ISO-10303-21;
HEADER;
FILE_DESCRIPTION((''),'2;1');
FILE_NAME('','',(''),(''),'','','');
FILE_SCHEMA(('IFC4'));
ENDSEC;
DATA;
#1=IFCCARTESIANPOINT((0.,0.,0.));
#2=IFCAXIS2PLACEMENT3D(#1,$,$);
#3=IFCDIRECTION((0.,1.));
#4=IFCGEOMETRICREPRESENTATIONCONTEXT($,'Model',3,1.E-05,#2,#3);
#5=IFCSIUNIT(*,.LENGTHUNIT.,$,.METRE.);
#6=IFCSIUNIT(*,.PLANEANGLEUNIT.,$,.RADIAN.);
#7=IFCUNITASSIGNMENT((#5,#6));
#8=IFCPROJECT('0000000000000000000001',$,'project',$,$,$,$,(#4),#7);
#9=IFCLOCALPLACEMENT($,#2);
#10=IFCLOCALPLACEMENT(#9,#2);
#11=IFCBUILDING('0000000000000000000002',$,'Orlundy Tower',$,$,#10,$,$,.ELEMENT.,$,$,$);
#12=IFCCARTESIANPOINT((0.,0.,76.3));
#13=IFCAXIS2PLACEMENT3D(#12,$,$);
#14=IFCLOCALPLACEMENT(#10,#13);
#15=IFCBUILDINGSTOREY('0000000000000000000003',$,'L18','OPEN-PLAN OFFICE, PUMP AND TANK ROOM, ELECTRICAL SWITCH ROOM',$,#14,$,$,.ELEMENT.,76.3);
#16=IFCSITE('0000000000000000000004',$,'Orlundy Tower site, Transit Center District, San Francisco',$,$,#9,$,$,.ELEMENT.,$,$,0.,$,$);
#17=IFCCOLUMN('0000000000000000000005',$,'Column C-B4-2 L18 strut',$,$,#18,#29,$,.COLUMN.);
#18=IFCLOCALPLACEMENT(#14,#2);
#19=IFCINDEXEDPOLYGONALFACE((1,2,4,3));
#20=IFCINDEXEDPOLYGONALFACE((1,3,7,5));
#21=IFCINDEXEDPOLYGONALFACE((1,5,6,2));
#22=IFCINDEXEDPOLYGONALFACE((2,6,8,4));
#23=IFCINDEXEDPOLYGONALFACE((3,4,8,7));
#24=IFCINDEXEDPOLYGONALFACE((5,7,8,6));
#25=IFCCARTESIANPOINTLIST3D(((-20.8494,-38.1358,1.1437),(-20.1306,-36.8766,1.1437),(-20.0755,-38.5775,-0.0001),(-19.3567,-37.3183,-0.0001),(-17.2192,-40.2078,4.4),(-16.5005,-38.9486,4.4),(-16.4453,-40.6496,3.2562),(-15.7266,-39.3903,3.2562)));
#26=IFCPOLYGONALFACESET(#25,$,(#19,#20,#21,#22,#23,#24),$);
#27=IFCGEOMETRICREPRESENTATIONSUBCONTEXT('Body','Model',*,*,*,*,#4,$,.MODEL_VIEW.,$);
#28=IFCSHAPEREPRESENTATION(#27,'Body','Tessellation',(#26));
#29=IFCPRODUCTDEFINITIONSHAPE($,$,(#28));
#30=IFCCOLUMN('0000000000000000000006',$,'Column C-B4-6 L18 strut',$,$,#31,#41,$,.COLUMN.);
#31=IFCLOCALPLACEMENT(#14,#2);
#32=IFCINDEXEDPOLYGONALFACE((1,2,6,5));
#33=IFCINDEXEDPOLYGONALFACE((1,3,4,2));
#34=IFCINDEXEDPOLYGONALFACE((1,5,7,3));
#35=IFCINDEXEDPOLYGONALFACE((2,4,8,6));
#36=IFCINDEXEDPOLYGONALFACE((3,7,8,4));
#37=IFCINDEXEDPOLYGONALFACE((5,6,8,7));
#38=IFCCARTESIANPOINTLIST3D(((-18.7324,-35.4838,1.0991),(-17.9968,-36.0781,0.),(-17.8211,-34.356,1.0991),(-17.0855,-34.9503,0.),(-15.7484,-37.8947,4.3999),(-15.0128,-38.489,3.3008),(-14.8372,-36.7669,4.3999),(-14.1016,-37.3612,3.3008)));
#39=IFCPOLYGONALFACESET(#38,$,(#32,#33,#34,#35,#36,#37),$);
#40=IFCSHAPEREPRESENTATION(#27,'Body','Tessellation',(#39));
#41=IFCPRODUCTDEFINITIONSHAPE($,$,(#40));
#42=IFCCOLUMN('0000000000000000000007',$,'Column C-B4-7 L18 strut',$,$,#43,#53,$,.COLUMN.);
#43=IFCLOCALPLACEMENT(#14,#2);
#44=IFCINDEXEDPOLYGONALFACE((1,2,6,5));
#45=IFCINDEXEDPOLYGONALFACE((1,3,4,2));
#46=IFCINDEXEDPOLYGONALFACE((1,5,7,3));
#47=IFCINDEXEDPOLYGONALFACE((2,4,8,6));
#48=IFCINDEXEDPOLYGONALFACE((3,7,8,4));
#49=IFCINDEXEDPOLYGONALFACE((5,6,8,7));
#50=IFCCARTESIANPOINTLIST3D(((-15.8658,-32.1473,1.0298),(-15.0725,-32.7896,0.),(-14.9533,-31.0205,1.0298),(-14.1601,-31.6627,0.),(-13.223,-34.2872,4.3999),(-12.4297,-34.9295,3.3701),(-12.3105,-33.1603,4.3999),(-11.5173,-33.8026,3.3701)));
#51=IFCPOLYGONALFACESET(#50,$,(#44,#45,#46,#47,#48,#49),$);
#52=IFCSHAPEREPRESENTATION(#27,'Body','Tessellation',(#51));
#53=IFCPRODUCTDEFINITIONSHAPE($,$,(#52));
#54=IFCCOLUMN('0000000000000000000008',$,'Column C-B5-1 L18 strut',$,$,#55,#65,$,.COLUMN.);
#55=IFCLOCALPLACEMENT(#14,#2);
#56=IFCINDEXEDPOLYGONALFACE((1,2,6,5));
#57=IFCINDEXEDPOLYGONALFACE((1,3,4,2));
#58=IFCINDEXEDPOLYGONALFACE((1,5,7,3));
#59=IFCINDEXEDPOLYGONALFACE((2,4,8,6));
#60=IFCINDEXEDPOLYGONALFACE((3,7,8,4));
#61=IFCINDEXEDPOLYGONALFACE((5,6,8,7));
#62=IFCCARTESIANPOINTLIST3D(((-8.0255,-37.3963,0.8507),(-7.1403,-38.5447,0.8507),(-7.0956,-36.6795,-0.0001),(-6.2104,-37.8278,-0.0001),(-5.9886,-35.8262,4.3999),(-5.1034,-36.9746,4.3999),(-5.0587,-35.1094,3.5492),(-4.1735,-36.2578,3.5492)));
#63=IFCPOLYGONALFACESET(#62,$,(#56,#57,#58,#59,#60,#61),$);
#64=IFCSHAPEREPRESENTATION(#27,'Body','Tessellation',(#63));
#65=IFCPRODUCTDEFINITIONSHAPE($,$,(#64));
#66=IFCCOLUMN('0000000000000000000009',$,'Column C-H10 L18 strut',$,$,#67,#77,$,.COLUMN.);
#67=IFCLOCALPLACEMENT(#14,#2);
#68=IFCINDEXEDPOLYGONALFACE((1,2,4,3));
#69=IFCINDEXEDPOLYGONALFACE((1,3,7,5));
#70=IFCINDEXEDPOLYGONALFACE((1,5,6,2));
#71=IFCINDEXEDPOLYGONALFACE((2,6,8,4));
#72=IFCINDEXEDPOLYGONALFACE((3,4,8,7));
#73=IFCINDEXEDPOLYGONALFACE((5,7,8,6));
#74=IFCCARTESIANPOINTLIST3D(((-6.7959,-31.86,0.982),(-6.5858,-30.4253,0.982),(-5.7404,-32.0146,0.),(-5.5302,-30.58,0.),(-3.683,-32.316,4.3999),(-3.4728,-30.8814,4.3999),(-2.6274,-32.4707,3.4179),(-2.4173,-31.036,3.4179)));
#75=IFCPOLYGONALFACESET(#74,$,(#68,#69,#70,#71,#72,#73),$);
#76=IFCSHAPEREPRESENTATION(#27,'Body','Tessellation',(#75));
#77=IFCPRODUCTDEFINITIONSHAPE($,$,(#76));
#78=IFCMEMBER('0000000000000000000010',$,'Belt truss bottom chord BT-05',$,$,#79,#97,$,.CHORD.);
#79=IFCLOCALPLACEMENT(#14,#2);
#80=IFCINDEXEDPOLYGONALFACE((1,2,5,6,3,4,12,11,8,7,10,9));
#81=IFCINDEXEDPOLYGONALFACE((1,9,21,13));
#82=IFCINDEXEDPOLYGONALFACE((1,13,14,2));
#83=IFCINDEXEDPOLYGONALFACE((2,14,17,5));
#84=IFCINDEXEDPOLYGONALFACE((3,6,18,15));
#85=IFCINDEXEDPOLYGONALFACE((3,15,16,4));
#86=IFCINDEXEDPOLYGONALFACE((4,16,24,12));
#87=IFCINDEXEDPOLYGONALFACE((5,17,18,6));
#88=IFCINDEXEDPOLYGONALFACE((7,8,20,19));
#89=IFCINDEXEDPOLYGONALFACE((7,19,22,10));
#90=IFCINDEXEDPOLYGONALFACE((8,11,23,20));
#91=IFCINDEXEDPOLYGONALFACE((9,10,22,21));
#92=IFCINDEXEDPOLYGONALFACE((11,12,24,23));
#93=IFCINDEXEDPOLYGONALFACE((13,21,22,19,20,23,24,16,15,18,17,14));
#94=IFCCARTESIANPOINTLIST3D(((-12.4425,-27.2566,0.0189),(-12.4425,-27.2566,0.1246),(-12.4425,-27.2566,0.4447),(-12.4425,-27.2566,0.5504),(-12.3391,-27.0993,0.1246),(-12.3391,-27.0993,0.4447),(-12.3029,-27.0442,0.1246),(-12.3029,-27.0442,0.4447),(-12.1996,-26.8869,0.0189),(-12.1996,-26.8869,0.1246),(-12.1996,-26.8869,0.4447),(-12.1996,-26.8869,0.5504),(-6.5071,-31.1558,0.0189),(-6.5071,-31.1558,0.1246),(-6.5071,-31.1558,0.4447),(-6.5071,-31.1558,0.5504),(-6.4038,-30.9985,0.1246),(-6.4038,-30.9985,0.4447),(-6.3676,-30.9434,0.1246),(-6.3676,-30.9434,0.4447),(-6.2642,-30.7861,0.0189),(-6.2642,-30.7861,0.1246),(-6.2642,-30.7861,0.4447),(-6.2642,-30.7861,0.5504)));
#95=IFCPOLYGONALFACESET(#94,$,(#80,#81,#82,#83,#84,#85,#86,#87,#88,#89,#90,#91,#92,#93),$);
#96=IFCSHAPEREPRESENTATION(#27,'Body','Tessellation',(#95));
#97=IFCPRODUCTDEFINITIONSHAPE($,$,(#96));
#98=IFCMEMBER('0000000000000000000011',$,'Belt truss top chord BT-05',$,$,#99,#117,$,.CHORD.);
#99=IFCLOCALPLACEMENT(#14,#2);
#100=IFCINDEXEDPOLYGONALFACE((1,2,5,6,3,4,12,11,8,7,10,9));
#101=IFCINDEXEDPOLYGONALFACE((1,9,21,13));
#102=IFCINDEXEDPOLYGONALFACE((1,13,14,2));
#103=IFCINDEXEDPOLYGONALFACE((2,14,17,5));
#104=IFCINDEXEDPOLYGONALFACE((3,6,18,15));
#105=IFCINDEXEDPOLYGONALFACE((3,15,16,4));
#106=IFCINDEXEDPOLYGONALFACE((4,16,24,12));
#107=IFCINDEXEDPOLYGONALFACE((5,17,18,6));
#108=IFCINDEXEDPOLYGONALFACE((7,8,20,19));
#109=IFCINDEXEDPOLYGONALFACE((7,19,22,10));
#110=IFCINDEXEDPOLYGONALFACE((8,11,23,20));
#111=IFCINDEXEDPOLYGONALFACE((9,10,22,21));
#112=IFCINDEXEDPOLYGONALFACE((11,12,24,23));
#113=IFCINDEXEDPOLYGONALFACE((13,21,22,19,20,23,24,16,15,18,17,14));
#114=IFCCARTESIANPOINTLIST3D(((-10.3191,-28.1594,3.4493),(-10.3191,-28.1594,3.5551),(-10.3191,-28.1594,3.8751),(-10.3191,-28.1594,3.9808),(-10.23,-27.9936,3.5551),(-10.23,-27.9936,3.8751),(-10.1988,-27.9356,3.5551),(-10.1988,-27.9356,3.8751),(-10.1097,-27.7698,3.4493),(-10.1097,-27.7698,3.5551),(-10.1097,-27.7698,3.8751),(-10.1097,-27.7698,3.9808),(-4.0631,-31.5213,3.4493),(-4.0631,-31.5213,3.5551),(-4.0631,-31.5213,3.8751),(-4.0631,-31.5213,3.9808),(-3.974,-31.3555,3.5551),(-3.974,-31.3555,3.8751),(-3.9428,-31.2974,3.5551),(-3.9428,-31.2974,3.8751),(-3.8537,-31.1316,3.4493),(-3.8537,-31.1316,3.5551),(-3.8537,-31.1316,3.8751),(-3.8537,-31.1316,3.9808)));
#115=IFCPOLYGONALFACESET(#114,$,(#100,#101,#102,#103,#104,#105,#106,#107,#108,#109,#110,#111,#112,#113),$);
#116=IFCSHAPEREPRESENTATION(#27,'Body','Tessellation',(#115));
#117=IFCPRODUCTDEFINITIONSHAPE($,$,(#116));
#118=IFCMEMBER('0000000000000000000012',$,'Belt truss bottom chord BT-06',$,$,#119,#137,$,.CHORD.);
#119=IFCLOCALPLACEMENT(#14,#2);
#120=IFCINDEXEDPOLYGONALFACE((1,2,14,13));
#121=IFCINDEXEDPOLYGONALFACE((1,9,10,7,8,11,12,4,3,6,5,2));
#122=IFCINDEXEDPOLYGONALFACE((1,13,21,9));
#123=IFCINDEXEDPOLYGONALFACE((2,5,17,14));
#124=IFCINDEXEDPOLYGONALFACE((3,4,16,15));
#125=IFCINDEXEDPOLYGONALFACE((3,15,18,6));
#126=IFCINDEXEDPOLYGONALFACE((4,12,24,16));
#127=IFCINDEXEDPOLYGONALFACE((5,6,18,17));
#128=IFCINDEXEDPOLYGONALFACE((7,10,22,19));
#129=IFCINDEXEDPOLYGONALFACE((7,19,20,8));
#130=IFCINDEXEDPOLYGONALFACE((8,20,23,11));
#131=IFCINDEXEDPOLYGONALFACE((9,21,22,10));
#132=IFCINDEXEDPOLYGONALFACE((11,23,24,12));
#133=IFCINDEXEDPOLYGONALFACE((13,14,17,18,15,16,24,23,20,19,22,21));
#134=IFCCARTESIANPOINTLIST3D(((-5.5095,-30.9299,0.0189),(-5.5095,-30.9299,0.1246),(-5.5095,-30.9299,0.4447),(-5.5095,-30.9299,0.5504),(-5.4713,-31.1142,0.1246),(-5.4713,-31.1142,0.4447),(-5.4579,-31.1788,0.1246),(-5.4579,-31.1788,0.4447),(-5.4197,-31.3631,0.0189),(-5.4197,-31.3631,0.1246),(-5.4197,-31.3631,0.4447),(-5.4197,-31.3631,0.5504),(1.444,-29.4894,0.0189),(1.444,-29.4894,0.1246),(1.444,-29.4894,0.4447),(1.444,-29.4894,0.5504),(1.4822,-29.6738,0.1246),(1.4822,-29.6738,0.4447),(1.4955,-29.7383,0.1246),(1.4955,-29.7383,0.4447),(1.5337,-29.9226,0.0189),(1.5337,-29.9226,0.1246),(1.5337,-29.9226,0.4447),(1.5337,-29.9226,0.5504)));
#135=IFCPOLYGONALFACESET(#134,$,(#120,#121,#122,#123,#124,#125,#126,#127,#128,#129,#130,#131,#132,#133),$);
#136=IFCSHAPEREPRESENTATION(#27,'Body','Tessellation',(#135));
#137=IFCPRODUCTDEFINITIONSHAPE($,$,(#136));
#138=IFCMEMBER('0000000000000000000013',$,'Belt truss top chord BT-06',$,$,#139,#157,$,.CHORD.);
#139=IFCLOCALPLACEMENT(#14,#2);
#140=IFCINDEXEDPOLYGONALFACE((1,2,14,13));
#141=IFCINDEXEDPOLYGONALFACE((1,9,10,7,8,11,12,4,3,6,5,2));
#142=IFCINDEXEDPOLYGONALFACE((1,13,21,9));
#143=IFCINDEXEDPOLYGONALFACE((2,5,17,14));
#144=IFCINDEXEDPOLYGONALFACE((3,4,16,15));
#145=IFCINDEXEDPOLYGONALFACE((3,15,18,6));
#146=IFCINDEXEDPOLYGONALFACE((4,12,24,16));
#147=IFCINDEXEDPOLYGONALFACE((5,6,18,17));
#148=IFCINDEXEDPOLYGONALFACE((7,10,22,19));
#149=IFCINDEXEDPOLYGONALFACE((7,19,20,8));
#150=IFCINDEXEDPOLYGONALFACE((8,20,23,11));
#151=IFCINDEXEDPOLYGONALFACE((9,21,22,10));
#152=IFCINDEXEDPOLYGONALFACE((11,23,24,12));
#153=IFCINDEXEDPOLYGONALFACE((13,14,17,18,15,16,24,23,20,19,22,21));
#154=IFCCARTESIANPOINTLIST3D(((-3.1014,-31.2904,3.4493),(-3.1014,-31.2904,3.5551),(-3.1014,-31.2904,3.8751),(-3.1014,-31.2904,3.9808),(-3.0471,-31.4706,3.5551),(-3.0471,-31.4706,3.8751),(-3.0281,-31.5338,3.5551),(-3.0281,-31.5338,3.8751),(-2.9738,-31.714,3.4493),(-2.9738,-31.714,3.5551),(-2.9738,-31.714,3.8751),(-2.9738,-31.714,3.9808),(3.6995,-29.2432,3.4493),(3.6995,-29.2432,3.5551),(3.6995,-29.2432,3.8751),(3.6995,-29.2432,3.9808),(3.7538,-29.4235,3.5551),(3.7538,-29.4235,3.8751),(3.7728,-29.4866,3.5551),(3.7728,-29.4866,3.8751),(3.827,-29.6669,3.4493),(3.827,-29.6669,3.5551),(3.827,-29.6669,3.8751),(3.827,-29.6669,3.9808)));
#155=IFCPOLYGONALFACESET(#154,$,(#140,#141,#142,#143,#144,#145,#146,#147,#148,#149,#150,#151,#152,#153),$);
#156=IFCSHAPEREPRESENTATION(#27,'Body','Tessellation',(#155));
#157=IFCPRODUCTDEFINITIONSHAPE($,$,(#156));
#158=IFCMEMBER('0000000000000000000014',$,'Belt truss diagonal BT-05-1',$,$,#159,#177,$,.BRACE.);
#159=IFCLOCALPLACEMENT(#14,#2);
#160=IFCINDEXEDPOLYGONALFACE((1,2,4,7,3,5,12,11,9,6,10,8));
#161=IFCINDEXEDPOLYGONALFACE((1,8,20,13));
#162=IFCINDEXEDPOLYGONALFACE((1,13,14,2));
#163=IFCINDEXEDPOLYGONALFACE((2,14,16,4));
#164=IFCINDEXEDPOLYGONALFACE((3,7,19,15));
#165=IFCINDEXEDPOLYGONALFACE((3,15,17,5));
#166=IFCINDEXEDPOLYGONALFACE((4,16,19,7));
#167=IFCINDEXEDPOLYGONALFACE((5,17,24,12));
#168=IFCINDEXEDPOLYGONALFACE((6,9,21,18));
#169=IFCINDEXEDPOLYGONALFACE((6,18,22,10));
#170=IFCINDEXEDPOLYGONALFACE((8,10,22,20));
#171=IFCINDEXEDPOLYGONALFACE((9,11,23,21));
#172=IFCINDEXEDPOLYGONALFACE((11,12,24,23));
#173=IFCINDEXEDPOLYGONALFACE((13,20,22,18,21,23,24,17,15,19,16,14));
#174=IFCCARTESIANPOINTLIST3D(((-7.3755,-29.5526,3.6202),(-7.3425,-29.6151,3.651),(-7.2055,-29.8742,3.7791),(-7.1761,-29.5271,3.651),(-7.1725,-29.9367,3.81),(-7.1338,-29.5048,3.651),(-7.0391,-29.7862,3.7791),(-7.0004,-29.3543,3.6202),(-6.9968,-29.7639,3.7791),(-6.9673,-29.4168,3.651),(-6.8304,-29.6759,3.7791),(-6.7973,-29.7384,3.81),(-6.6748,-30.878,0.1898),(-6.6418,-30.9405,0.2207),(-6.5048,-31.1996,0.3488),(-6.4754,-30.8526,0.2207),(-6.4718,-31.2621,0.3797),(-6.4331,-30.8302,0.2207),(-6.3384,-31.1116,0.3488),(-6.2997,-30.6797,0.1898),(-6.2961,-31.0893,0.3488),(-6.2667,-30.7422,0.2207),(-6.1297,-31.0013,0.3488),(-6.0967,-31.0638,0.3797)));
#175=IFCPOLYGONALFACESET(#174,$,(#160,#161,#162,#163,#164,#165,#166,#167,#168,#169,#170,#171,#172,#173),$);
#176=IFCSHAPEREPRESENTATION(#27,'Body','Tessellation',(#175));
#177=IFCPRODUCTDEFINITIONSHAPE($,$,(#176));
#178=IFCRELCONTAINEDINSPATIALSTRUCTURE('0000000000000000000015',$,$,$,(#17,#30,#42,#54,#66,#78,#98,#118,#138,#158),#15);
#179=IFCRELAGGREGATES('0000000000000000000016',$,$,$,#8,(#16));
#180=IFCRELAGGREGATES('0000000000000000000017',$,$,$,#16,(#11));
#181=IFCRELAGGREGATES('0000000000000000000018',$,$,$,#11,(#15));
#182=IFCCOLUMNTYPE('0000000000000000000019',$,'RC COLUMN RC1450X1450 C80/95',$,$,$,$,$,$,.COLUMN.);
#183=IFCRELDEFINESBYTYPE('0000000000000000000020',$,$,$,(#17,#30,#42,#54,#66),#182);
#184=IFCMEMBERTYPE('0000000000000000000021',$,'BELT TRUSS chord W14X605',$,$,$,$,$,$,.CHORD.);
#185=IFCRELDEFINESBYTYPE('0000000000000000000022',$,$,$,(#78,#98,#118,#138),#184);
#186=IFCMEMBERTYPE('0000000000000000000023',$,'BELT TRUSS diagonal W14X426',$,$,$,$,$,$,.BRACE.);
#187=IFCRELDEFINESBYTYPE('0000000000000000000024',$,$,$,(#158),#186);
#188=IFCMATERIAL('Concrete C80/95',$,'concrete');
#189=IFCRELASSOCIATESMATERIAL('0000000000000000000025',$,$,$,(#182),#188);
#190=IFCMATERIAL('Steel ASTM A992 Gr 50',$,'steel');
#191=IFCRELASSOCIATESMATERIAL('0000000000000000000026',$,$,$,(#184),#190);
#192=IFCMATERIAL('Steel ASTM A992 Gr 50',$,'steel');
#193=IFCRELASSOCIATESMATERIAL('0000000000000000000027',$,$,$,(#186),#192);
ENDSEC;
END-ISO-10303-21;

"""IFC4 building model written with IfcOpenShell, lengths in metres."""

from ifc_helpers import new_model, si_unit, direction, frame, origin, origin_2d, place, context, subcontext, project, spatial, rectangle, i_section, extrude, material, material_profile, profile_set, type_object, element, save


model = new_model("IFC4")

# Units and contexts
model_context = context("Model", 3, precision=1e-05, world=origin(), true_north=direction((0.0, 1.0)))
body_context = subcontext(model_context, "Body", "Model", "MODEL_VIEW")
ifc_project = project(units=[si_unit("LENGTHUNIT", "METRE"), si_unit("PLANEANGLEUNIT", "RADIAN")], contexts=[model_context])

# Site, building, storey
site_placement = place(None, origin())
site = spatial("IfcSite", under=ifc_project, at=site_placement, Name="Orlundy Tower site, Transit Center District, San Francisco", CompositionType="ELEMENT", RefElevation=0.0)
building_placement = place(site_placement, origin())
building = spatial("IfcBuilding", under=site, at=building_placement, Name="Orlundy Tower", CompositionType="ELEMENT")
storey_placement = place(building_placement, frame((0.0, 0.0, 76.3)))
storey = spatial("IfcBuildingStorey", under=building, at=storey_placement, Name="L18", Description="OPEN-PLAN OFFICE, PUMP AND TANK ROOM, ELECTRICAL SWITCH ROOM", CompositionType="ELEMENT", Elevation=76.3)

# Columns
ifc_material_1 = material(Name="Concrete C80/95", Category="concrete")
ifc_material_profile_1 = material_profile(ifc_material_1, rectangle(XDim=1.45, YDim=1.45, at=origin_2d()), Name="RC1450X1450")
ifc_profile_set_1 = profile_set([ifc_material_profile_1], Name="Concrete C80/95")
column_type = type_object("IfcColumnType", Name="RC COLUMN RC1450X1450 C80/95", PredefinedType="COLUMN", material=ifc_profile_set_1)
column_1_placement = place(storey_placement, frame((-20.103, -37.7271, 0.5718), z_axis=(0.685114, -0.391053, 0.61457), x_axis=(0.495717, 0.868484, 0.0)))
element("IfcColumn", 1, at=column_1_placement, inside=storey, type_object=column_type, Name="Column C-B4-2 L18 strut", PredefinedType="COLUMN", context=body_context, shape_type="SweptSolid", body=[
    extrude(rectangle(XDim=1.45, YDim=1.45, at=origin_2d()), origin(), (0.0, 0.0, 1.0), 5.2986),
])
column_2_placement = place(storey_placement, frame((-17.9089, -35.217, 0.5496), z_axis=(0.589614, -0.47639, 0.652233), x_axis=(0.628467, 0.777836, 0.0)))
element("IfcColumn", 2, at=column_2_placement, inside=storey, type_object=column_type, Name="Column C-B4-6 L18 strut", PredefinedType="COLUMN", context=body_context, shape_type="SweptSolid", body=[
    extrude(rectangle(XDim=1.45, YDim=1.45, at=origin_2d()), origin(), (0.0, 0.0, 1.0), 5.0608),
])
column_3_placement = place(storey_placement, frame((-15.0129, -31.905, 0.5149), z_axis=(0.552011, -0.446963, 0.703923), x_axis=(0.629281, 0.777178, 0.0)))
element("IfcColumn", 3, at=column_3_placement, inside=storey, type_object=column_type, Name="Column C-B4-7 L18 strut", PredefinedType="COLUMN", context=body_context, shape_type="SweptSolid", body=[
    extrude(rectangle(XDim=1.45, YDim=1.45, at=origin_2d()), origin(), (0.0, 0.0, 1.0), 4.7876),
])
column_4_placement = place(storey_placement, frame((-7.1179, -37.6121, 0.4253), z_axis=(0.464709, 0.358209, 0.809773), x_axis=(-0.610504, 0.792013, 0.0)))
element("IfcColumn", 4, at=column_4_placement, inside=storey, type_object=column_type, Name="Column C-B5-1 L18 strut", PredefinedType="COLUMN", context=body_context, shape_type="SweptSolid", body=[
    extrude(rectangle(XDim=1.45, YDim=1.45, at=origin_2d()), origin(), (0.0, 0.0, 1.0), 4.3831),
])
column_5_placement = place(storey_placement, frame((-6.1631, -31.22, 0.491), z_axis=(0.670106, -0.098169, 0.735745), x_axis=(0.144951, 0.989439, 0.0)))
element("IfcColumn", 5, at=column_5_placement, inside=storey, type_object=column_type, Name="Column C-H10 L18 strut", PredefinedType="COLUMN", context=body_context, shape_type="SweptSolid", body=[
    extrude(rectangle(XDim=1.45, YDim=1.45, at=origin_2d()), origin(), (0.0, 0.0, 1.0), 4.6455),
])

# Members
ifc_material_2 = material(Name="Steel ASTM A992 Gr 50", Category="steel")
ifc_material_profile_2 = material_profile(ifc_material_2, i_section(OverallWidth=0.4424, OverallDepth=0.5315, WebThickness=0.0659, FlangeThickness=0.1057, at=origin_2d()), Name="W14X605")
ifc_profile_set_2 = profile_set([ifc_material_profile_2], Name="Steel ASTM A992 Gr 50")
member_type_1 = type_object("IfcMemberType", Name="BELT TRUSS chord W14X605", PredefinedType="CHORD", material=ifc_profile_set_2)
member_1_placement = place(storey_placement, frame((-12.321, -27.0718, 0.2847), z_axis=(0.835781, -0.549063, 0.0), x_axis=(0.549063, 0.835781, 0.0)))
element("IfcMember", 6, at=member_1_placement, inside=storey, type_object=member_type_1, Name="Belt truss bottom chord BT-05", PredefinedType="CHORD", context=body_context, shape_type="SweptSolid", body=[
    extrude(i_section(OverallWidth=0.4424, OverallDepth=0.5315, WebThickness=0.0659, FlangeThickness=0.1057, at=origin_2d()), origin(), (0.0, 0.0, 1.0), 7.1016),
])
member_2_placement = place(storey_placement, frame((-10.2144, -27.9646, 3.7151), z_axis=(0.880866, -0.473366, 0.0), x_axis=(0.473366, 0.880866, 0.0)))
element("IfcMember", 7, at=member_2_placement, inside=storey, type_object=member_type_1, Name="Belt truss top chord BT-05", PredefinedType="CHORD", context=body_context, shape_type="SweptSolid", body=[
    extrude(i_section(OverallWidth=0.4424, OverallDepth=0.5315, WebThickness=0.0659, FlangeThickness=0.1057, at=origin_2d()), origin(), (0.0, 0.0, 1.0), 7.1021),
])
member_3_placement = place(storey_placement, frame((-5.4646, -31.1465, 0.2847), z_axis=(0.97921, 0.202849, 0.0), x_axis=(-0.202849, 0.97921, 0.0)))
element("IfcMember", 8, at=member_3_placement, inside=storey, type_object=member_type_1, Name="Belt truss bottom chord BT-06", PredefinedType="CHORD", context=body_context, shape_type="SweptSolid", body=[
    extrude(i_section(OverallWidth=0.4424, OverallDepth=0.5315, WebThickness=0.0659, FlangeThickness=0.1057, at=origin_2d()), origin(), (0.0, 0.0, 1.0), 7.1011),
])
member_4_placement = place(storey_placement, frame((-3.0376, -31.5022, 3.7151), z_axis=(0.957559, 0.288237, 0.0), x_axis=(-0.288237, 0.957559, 0.0)))
element("IfcMember", 9, at=member_4_placement, inside=storey, type_object=member_type_1, Name="Belt truss top chord BT-06", PredefinedType="CHORD", context=body_context, shape_type="SweptSolid", body=[
    extrude(i_section(OverallWidth=0.4424, OverallDepth=0.5315, WebThickness=0.0659, FlangeThickness=0.1057, at=origin_2d()), origin(), (0.0, 0.0, 1.0), 7.1023),
])
ifc_material_3 = material(Name="Steel ASTM A992 Gr 50", Category="steel")
ifc_material_profile_3 = material_profile(ifc_material_3, i_section(OverallWidth=0.4243, OverallDepth=0.4741, WebThickness=0.0479, FlangeThickness=0.0771, at=origin_2d()), Name="W14X426")
ifc_profile_set_3 = profile_set([ifc_material_profile_3], Name="Steel ASTM A992 Gr 50")
member_type_2 = type_object("IfcMemberType", Name="BELT TRUSS diagonal W14X426", PredefinedType="BRACE", material=ifc_profile_set_3)
member_5_placement = place(storey_placement, frame((-7.0864, -29.6455, 3.7151), z_axis=(0.187162, -0.354042, -0.91631), x_axis=(0.884069, 0.467356, 0.0)))
element("IfcMember", 10, at=member_5_placement, inside=storey, type_object=member_type_2, Name="Belt truss diagonal BT-05-1", PredefinedType="BRACE", context=body_context, shape_type="SweptSolid", body=[
    extrude(i_section(OverallWidth=0.4243, OverallDepth=0.4741, WebThickness=0.0479, FlangeThickness=0.0771, at=origin_2d()), origin(), (0.0, 0.0, 1.0), 3.7437),
])

save(model, "model.ifc")
